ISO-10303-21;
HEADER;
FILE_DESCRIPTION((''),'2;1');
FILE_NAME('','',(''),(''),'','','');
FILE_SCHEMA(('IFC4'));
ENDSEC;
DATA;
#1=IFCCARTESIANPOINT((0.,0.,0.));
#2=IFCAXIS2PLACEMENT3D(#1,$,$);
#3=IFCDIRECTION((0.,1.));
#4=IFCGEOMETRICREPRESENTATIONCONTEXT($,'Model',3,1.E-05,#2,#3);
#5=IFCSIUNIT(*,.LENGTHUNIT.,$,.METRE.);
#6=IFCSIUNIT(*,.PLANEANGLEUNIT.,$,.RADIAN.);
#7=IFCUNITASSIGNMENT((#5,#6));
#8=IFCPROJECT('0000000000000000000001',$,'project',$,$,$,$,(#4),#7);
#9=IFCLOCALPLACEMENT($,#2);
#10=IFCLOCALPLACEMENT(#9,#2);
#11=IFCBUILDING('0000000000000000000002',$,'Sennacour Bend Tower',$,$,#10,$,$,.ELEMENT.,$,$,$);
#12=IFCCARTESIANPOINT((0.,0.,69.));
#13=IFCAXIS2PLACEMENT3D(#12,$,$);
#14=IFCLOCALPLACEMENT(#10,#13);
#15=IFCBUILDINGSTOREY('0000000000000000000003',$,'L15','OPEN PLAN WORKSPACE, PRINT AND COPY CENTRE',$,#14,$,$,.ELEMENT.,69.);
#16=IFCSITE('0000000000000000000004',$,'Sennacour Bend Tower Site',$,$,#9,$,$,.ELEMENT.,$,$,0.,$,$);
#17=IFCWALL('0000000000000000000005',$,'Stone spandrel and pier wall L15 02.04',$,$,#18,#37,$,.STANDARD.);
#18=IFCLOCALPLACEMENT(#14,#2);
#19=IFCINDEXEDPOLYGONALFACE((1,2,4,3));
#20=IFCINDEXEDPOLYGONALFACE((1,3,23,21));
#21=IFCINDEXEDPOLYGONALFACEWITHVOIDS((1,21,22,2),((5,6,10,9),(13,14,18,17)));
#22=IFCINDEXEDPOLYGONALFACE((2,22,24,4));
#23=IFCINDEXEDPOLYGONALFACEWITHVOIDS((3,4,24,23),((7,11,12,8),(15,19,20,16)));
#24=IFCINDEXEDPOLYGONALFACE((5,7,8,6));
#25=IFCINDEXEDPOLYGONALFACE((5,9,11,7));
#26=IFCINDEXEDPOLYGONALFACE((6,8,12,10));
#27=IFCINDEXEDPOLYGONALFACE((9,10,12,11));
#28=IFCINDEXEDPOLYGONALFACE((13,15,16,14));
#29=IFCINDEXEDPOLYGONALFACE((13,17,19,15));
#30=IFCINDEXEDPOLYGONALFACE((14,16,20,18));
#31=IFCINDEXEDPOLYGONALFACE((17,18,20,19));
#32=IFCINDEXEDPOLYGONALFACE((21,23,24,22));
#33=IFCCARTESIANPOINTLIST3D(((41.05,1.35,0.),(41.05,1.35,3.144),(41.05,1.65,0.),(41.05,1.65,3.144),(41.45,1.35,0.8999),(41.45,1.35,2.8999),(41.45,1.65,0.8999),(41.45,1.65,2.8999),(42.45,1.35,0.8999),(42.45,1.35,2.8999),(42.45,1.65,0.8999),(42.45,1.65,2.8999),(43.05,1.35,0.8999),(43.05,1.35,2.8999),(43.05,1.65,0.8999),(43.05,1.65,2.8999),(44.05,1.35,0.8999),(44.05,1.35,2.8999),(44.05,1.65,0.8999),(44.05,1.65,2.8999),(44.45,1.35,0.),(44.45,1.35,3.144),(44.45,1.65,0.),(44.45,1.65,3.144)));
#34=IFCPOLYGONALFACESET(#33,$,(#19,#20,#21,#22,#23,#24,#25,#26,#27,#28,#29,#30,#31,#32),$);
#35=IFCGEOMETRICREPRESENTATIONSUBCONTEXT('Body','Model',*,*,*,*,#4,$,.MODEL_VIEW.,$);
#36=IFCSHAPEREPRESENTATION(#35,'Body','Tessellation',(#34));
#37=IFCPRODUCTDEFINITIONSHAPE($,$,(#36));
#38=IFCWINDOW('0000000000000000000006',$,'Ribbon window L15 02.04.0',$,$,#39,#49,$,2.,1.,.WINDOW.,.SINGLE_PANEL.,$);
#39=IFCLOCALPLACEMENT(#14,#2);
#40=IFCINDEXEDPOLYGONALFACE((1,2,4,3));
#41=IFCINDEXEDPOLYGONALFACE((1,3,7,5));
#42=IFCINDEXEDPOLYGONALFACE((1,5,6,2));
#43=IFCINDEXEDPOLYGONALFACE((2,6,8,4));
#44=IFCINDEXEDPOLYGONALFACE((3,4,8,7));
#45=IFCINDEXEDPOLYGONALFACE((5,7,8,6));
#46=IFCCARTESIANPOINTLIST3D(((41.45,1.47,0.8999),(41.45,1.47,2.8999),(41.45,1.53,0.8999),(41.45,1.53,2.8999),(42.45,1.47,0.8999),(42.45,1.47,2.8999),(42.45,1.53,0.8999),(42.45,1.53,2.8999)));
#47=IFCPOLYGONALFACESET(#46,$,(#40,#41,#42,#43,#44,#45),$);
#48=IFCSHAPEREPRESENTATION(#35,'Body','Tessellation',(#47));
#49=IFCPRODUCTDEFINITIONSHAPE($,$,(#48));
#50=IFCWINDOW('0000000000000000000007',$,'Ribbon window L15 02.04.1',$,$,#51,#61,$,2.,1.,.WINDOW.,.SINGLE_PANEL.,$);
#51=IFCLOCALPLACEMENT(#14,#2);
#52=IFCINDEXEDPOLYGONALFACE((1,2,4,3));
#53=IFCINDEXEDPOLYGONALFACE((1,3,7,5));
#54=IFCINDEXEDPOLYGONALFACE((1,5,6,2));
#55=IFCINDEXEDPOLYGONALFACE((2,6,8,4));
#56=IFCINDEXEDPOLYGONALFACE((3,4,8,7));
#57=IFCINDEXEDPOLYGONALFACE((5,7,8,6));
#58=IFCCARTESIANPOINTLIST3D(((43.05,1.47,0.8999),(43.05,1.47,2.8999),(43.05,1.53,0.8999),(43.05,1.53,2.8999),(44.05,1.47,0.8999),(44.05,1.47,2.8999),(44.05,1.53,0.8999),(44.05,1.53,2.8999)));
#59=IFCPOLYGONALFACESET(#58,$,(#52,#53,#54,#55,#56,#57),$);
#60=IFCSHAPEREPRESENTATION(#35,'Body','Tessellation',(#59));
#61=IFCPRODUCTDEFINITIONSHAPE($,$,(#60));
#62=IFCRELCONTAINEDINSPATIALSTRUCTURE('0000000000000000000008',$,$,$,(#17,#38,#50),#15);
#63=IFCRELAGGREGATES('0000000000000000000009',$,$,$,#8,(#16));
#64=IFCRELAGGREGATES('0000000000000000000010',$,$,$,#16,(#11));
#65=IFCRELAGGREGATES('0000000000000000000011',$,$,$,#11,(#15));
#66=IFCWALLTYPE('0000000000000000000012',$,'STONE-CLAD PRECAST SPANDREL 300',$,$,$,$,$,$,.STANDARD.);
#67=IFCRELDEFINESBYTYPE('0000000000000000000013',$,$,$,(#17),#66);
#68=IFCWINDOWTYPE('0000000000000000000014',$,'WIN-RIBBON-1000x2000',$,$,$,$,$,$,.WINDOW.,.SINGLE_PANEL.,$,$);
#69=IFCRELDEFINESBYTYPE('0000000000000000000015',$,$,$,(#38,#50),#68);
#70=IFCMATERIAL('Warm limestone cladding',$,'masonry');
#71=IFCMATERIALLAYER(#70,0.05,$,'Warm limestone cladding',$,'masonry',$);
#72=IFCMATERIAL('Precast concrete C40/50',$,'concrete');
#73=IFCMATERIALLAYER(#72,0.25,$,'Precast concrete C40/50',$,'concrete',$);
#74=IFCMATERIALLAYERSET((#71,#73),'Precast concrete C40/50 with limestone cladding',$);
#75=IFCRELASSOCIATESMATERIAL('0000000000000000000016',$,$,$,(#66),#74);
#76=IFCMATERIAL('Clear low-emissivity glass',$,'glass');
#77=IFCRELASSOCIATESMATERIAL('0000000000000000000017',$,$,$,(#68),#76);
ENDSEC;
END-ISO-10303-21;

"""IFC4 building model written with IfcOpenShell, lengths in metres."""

from ifc_helpers import new_model, si_unit, direction, frame, frame_2d, origin, place, context, subcontext, project, spatial, rectangle, extrude, material, layer, layer_set, type_object, element, fill, save


model = new_model("IFC4")

# Units and contexts
model_context = context("Model", 3, precision=1e-05, world=origin(), true_north=direction((0.0, 1.0)))
body_context = subcontext(model_context, "Body", "Model", "MODEL_VIEW")
ifc_project = project(units=[si_unit("LENGTHUNIT", "METRE"), si_unit("PLANEANGLEUNIT", "RADIAN")], contexts=[model_context])

# Site, building, storey
site_placement = place(None, origin())
site = spatial("IfcSite", under=ifc_project, at=site_placement, Name="Sennacour Bend Tower Site", CompositionType="ELEMENT", RefElevation=0.0)
building_placement = place(site_placement, origin())
building = spatial("IfcBuilding", under=site, at=building_placement, Name="Sennacour Bend Tower", CompositionType="ELEMENT")
storey_placement = place(building_placement, frame((0.0, 0.0, 69.0)))
storey = spatial("IfcBuildingStorey", under=building, at=storey_placement, Name="L15", Description="OPEN PLAN WORKSPACE, PRINT AND COPY CENTRE", CompositionType="ELEMENT", Elevation=69.0)

# Wall, openings, windows
ifc_material_1 = material(Name="Warm limestone cladding", Category="masonry")
ifc_layer_1 = layer(ifc_material_1, 0.05, Name="Warm limestone cladding", Category="masonry")
ifc_material_2 = material(Name="Precast concrete C40/50", Category="concrete")
ifc_layer_2 = layer(ifc_material_2, 0.25, Name="Precast concrete C40/50", Category="concrete")
ifc_layer_set_1 = layer_set([ifc_layer_1, ifc_layer_2], Name="Precast concrete C40/50 with limestone cladding")
wall_type_1 = type_object("IfcWallType", Name="STONE-CLAD PRECAST SPANDREL 300", PredefinedType="STANDARD", material=ifc_layer_set_1)
ifc_material_3 = material(Name="Clear low-emissivity glass", Category="glass")
window_type = type_object("IfcWindowType", Name="WIN-RIBBON-1000x2000", PartitioningType="SINGLE_PANEL", PredefinedType="WINDOW", material=ifc_material_3)
wall_1_placement = place(storey_placement, frame((41.05, 1.5, 0.0), z_axis=(0.0, 0.0, 1.0), x_axis=(1.0, 0.0, 0.0)))
wall_1 = element("IfcWall", 1, at=wall_1_placement, inside=storey, type_object=wall_type_1, Name="Stone spandrel and pier wall L15 02.04", PredefinedType="STANDARD", context=body_context, shape_type="SweptSolid", body=[
    extrude(rectangle(XDim=3.3999, YDim=0.3, at=frame_2d((1.7, 0.0))), origin(), (0.0, 0.0, 1.0), 3.144),
])
opening_1_placement = place(wall_1_placement, frame((0.3999, 0.0, 0.8999)))
opening_1 = element("IfcOpeningElement", 2, at=opening_1_placement, cuts=wall_1, PredefinedType="OPENING", context=body_context, shape_type="SweptSolid", body=[
    extrude(rectangle(XDim=1.0, YDim=2.0, at=frame_2d((0.5, 1.0))), frame((0.0, 0.1602, 0.0), z_axis=(0.0, -1.0, 0.0), x_axis=(1.0, 0.0, 0.0)), (0.0, 0.0, 1.0), 0.3201),
])
opening_2_placement = place(wall_1_placement, frame((2.0, 0.0, 0.8999)))
opening_2 = element("IfcOpeningElement", 3, at=opening_2_placement, cuts=wall_1, PredefinedType="OPENING", context=body_context, shape_type="SweptSolid", body=[
    extrude(rectangle(XDim=1.0, YDim=2.0, at=frame_2d((0.5, 1.0))), frame((0.0, 0.1602, 0.0), z_axis=(0.0, -1.0, 0.0), x_axis=(1.0, 0.0, 0.0)), (0.0, 0.0, 1.0), 0.3201),
])
window_1_placement = place(opening_1_placement, origin())
window_1 = element("IfcWindow", 4, at=window_1_placement, inside=storey, type_object=window_type, Name="Ribbon window L15 02.04.0", OverallHeight=2.0, OverallWidth=1.0, PartitioningType="SINGLE_PANEL", PredefinedType="WINDOW", context=body_context, shape_type="SweptSolid", body=[
    extrude(rectangle(XDim=1.0, YDim=2.0, at=frame_2d((0.5, 1.0))), frame((0.0, 0.03, 0.0), z_axis=(0.0, -1.0, 0.0), x_axis=(1.0, 0.0, 0.0)), (0.0, 0.0, 1.0), 0.0601),
])
fill(opening_1, window_1)
window_2_placement = place(opening_2_placement, origin())
window_2 = element("IfcWindow", 5, at=window_2_placement, inside=storey, type_object=window_type, Name="Ribbon window L15 02.04.1", OverallHeight=2.0, OverallWidth=1.0, PartitioningType="SINGLE_PANEL", PredefinedType="WINDOW", context=body_context, shape_type="SweptSolid", body=[
    extrude(rectangle(XDim=1.0, YDim=2.0, at=frame_2d((0.5, 1.0))), frame((0.0, 0.03, 0.0), z_axis=(0.0, -1.0, 0.0), x_axis=(1.0, 0.0, 0.0)), (0.0, 0.0, 1.0), 0.0601),
])
fill(opening_2, window_2)

save(model, "model.ifc")
